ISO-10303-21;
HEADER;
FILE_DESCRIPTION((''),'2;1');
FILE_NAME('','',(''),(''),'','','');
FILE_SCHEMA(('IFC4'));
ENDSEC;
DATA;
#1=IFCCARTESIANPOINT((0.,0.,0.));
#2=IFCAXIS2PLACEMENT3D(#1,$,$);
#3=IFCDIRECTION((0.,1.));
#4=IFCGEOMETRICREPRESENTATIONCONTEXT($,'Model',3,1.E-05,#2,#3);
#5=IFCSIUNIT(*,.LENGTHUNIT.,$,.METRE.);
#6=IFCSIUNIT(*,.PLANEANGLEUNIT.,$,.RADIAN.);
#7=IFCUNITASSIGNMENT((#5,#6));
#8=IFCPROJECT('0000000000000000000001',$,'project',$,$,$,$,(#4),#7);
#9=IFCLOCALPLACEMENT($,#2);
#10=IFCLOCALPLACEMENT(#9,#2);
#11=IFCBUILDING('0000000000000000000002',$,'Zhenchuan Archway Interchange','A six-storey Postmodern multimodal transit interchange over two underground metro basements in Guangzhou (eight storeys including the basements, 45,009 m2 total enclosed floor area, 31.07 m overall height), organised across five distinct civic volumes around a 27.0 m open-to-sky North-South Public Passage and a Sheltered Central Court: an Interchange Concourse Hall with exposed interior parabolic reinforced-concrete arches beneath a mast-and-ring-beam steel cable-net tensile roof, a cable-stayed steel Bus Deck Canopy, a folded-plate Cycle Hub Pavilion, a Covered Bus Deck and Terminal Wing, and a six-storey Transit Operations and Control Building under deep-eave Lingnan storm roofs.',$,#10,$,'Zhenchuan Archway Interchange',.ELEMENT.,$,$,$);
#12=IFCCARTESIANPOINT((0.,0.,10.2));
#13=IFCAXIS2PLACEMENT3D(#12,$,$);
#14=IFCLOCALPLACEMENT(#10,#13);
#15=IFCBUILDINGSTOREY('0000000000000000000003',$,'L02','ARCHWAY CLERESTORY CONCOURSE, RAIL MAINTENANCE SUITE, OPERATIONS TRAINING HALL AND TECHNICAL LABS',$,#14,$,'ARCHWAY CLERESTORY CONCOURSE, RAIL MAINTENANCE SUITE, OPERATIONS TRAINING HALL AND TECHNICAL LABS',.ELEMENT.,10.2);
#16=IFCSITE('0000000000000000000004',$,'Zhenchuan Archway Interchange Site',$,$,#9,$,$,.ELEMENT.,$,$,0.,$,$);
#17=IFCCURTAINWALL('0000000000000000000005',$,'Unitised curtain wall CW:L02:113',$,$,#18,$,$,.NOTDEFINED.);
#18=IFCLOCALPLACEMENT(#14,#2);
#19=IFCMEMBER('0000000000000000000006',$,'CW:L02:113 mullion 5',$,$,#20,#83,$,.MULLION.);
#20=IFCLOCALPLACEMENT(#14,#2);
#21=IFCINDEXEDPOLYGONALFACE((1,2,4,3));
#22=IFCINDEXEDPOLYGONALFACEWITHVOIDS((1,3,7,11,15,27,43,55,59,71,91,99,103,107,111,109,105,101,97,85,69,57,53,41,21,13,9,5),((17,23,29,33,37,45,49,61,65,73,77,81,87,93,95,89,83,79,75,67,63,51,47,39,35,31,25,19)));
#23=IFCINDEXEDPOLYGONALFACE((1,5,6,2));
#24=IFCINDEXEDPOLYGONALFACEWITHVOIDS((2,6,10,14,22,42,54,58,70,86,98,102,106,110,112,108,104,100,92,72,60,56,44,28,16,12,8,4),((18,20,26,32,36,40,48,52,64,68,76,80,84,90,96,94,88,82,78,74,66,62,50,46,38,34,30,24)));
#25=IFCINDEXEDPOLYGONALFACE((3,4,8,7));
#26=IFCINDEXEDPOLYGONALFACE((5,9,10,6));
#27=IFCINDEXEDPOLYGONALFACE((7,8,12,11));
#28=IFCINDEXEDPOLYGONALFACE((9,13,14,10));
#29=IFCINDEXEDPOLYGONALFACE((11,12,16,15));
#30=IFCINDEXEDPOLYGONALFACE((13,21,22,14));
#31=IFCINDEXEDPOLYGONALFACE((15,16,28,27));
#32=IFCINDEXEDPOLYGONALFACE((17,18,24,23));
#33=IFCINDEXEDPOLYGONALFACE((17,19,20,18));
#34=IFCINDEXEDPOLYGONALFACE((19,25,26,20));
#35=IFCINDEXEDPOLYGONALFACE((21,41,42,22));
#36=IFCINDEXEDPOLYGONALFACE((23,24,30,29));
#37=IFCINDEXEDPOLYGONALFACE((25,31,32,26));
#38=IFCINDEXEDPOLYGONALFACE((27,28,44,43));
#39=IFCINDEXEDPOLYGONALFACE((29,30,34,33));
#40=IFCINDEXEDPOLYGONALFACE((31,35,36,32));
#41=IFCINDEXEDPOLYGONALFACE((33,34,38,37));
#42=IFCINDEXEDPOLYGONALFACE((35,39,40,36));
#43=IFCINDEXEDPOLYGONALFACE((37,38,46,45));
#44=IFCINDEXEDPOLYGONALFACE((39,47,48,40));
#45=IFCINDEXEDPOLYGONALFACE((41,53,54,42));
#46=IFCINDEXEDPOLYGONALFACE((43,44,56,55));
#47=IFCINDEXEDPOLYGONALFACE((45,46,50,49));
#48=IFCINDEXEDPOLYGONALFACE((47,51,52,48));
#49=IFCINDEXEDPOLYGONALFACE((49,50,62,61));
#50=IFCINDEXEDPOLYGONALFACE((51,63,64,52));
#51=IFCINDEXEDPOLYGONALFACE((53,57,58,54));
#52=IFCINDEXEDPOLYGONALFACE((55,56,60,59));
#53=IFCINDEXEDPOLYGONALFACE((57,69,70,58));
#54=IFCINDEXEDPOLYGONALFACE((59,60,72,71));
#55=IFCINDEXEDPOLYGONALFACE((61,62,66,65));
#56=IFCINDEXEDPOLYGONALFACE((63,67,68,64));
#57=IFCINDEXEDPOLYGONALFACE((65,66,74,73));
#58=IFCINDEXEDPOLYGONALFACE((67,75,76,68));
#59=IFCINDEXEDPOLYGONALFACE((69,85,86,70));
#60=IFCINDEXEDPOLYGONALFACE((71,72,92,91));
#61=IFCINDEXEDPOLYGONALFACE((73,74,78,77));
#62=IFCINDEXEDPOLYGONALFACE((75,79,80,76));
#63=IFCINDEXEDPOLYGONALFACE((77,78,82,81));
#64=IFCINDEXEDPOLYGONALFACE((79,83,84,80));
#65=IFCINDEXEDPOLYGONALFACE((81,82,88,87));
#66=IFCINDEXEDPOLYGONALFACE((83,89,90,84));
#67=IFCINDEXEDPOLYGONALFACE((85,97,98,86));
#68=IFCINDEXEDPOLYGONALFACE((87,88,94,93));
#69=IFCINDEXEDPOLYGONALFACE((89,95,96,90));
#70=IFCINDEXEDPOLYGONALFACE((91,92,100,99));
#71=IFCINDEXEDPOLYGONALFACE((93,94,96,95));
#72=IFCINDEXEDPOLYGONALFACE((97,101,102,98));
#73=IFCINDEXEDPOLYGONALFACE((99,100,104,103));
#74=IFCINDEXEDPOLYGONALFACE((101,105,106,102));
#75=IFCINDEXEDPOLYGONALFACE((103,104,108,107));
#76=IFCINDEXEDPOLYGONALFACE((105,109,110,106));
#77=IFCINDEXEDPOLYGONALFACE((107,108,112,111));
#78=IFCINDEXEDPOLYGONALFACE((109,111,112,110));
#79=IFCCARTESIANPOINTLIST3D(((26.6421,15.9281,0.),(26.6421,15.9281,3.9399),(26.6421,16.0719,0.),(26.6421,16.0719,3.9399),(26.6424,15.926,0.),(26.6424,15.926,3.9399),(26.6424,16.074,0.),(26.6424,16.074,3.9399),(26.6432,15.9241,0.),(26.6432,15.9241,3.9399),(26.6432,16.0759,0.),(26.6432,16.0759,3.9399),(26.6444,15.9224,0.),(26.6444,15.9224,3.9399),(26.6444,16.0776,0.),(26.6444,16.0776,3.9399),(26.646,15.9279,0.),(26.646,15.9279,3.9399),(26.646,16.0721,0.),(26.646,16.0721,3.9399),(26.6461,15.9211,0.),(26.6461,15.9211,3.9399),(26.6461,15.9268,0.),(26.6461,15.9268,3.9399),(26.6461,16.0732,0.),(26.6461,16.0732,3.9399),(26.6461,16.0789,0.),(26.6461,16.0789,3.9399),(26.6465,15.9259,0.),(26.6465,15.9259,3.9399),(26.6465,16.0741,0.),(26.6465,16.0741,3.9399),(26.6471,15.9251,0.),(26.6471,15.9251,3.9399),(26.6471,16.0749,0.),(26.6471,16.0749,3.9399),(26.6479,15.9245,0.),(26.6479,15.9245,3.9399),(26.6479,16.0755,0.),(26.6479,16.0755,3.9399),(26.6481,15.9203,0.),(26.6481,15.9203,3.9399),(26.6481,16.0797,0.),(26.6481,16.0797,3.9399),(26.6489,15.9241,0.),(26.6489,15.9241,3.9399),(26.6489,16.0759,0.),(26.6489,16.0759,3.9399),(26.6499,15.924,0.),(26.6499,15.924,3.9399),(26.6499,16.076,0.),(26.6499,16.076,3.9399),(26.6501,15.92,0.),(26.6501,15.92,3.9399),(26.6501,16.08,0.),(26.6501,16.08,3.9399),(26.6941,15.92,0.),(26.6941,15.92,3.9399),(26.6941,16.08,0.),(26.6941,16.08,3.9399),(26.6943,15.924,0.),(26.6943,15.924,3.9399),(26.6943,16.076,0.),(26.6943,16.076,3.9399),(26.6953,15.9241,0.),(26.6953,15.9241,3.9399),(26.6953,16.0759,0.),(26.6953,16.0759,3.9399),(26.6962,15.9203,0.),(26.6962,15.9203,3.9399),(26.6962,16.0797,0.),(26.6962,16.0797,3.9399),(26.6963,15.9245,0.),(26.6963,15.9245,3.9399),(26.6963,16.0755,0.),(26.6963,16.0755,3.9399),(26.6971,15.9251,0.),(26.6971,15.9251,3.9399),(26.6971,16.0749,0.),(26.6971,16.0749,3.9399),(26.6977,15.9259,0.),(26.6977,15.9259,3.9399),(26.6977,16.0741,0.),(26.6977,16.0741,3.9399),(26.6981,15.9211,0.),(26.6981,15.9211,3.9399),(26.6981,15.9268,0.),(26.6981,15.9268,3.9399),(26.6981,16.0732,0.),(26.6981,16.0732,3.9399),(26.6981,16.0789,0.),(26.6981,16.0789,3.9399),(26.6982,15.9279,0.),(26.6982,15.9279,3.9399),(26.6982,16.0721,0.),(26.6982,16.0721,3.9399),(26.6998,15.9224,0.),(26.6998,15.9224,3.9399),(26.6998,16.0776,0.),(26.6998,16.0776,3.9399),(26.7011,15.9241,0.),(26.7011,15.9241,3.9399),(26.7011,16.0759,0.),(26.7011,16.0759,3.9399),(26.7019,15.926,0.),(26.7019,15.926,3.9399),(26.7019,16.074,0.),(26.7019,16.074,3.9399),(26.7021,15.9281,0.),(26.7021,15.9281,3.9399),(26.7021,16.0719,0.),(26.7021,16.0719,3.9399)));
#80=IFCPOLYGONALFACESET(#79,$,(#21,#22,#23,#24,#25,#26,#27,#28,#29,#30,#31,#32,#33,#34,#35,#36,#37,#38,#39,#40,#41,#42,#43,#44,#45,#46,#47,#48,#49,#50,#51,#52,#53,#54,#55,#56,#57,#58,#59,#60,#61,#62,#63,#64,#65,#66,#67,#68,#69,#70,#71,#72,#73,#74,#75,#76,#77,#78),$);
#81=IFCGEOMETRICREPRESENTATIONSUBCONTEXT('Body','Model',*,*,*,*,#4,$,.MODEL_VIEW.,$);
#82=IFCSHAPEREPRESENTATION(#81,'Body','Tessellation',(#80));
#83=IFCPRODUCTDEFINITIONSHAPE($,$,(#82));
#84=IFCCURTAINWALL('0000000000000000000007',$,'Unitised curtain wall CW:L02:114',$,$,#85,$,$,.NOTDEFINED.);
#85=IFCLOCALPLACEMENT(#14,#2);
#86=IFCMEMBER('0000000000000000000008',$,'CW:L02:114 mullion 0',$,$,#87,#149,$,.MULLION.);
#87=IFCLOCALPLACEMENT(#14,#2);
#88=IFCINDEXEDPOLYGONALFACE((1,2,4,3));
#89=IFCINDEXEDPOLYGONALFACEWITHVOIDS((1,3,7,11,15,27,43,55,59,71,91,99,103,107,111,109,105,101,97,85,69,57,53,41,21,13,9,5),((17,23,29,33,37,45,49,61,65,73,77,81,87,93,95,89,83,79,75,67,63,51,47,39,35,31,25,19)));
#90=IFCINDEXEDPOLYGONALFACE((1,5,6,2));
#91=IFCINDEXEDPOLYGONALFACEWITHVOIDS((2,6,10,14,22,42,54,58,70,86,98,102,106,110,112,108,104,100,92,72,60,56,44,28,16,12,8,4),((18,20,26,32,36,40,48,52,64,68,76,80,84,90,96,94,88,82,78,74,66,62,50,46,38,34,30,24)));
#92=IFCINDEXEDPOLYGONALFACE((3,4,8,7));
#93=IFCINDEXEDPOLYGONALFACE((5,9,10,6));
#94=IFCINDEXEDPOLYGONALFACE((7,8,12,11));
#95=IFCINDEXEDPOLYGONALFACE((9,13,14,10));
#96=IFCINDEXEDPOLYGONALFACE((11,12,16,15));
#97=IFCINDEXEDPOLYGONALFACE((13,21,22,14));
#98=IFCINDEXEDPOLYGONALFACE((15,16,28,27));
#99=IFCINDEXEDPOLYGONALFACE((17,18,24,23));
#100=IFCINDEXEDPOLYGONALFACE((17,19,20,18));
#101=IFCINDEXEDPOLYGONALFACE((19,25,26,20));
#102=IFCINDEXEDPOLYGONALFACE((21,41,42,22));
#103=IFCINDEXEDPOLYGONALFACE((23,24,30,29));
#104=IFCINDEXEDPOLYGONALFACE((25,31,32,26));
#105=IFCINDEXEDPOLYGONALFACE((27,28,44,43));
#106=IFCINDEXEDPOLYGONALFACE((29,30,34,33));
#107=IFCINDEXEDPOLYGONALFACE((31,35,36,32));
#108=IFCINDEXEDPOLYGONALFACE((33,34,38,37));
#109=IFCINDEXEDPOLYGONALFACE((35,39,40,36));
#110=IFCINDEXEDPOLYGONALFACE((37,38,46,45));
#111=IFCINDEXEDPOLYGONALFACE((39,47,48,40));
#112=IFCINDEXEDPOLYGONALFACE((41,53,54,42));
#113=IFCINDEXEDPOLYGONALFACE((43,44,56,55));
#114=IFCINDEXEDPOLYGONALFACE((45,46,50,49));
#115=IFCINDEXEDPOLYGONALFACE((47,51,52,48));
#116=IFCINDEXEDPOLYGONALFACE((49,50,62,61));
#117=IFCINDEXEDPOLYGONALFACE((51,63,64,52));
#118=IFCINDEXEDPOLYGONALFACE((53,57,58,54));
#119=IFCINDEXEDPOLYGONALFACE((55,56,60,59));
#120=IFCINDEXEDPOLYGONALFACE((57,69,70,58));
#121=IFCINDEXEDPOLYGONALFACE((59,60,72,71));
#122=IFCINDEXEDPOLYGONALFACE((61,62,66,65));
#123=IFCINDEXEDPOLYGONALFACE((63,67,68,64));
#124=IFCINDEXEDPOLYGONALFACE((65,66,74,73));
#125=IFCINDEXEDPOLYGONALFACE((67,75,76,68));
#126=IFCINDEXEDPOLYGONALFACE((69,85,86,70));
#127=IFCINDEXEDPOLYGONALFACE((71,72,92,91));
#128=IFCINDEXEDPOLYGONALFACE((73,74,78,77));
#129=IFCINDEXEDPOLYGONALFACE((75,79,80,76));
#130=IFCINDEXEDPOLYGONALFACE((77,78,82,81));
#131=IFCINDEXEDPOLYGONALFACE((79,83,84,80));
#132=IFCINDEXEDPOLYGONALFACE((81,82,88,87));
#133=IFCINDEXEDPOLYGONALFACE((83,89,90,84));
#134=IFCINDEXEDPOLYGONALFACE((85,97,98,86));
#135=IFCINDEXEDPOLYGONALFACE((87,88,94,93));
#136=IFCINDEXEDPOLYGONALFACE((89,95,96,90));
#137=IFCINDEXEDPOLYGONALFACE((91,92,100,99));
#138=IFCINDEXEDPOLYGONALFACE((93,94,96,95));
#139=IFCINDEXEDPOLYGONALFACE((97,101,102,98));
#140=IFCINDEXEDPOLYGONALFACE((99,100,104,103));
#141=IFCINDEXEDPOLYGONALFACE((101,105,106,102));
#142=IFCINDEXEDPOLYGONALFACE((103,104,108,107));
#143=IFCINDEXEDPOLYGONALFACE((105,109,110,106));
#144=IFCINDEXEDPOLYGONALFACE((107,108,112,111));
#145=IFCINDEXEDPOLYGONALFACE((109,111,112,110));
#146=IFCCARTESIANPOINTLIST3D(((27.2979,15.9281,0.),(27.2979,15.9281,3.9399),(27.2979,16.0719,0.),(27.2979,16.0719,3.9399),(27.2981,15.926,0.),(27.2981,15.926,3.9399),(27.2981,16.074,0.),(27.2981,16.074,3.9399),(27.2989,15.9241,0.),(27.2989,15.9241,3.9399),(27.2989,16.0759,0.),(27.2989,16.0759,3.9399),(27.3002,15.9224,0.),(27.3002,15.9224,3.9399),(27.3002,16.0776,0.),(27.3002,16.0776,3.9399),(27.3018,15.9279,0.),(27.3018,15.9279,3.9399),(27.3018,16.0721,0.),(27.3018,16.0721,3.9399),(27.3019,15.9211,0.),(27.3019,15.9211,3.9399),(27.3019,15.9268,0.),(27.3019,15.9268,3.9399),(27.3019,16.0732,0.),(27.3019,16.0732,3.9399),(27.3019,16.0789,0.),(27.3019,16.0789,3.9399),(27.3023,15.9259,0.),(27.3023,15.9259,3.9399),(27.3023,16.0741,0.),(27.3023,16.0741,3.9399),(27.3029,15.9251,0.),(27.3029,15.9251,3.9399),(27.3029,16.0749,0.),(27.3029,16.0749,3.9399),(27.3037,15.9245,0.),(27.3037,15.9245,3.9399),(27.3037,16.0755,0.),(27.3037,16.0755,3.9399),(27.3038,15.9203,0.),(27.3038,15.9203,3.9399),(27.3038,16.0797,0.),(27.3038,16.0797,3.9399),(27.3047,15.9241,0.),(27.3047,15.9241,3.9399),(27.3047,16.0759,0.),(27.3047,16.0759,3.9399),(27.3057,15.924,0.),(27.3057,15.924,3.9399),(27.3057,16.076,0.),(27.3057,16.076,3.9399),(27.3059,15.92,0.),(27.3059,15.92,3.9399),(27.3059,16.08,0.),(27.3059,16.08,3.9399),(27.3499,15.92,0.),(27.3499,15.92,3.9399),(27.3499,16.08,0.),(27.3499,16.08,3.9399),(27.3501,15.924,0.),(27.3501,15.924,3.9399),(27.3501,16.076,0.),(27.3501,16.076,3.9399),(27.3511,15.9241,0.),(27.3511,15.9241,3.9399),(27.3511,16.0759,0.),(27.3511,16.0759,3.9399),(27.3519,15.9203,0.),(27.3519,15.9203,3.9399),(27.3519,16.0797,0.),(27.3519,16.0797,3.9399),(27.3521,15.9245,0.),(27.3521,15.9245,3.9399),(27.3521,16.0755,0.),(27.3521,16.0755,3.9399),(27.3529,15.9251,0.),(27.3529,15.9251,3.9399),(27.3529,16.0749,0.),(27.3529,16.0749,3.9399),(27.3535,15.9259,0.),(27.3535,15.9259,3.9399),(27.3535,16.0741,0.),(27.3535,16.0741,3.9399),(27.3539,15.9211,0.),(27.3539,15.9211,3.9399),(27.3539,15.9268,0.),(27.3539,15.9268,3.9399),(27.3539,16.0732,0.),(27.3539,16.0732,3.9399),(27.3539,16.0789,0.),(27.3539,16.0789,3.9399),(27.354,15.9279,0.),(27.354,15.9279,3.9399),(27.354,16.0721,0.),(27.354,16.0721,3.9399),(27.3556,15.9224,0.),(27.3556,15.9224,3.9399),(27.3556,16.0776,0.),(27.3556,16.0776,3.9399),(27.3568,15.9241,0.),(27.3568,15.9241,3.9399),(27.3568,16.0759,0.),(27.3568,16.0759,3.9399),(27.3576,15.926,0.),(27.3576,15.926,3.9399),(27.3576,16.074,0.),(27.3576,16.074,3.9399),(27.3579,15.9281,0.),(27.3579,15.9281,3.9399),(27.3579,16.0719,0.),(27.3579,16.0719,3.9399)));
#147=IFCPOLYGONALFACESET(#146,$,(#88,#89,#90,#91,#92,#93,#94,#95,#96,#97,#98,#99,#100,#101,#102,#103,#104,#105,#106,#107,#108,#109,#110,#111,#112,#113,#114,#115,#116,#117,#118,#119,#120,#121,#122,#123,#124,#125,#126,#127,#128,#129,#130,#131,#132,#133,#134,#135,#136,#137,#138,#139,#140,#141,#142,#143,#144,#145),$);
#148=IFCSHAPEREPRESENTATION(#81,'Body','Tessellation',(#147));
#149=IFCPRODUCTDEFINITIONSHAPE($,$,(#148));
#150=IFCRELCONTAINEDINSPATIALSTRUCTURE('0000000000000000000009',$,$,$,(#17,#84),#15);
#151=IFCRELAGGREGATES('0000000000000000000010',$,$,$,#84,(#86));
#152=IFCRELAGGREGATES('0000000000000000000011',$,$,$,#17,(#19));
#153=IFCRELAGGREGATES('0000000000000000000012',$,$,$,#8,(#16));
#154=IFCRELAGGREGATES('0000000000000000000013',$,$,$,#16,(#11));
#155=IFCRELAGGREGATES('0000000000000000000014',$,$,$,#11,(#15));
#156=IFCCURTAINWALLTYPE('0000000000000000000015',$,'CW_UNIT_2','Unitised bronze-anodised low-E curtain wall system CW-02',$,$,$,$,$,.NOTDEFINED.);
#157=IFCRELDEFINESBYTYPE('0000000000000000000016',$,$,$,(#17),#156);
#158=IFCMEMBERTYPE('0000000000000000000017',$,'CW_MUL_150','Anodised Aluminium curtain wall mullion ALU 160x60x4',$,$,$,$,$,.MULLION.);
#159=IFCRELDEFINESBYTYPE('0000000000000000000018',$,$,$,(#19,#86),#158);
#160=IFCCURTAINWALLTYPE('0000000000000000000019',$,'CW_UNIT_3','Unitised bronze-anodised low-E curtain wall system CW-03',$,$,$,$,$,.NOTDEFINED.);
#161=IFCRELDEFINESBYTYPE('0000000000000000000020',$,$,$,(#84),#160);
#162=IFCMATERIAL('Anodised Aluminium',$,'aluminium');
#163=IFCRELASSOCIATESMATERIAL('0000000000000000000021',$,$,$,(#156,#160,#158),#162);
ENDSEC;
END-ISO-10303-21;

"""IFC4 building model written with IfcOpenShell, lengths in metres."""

from ifc_helpers import new_model, si_unit, direction, frame, origin, origin_2d, place, context, subcontext, project, spatial, hollow_rectangle, extrude, material, material_profile, profile_set, type_object, element, aggregate, save


model = new_model("IFC4")

# Units and contexts
model_context = context("Model", 3, precision=1e-05, world=origin(), true_north=direction((0.0, 1.0)))
body_context = subcontext(model_context, "Body", "Model", "MODEL_VIEW")
ifc_project = project(units=[si_unit("LENGTHUNIT", "METRE"), si_unit("PLANEANGLEUNIT", "RADIAN")], contexts=[model_context])

# Site, building, storey
site_placement = place(None, origin())
site = spatial("IfcSite", under=ifc_project, at=site_placement, Name="Zhenchuan Archway Interchange Site", CompositionType="ELEMENT", RefElevation=0.0)
building_placement = place(site_placement, origin())
building = spatial("IfcBuilding", under=site, at=building_placement, Name="Zhenchuan Archway Interchange", Description="A six-storey Postmodern multimodal transit interchange over two underground metro basements in Guangzhou (eight storeys including the basements, 45,009 m2 total enclosed floor area, 31.07 m overall height), organised across five distinct civic volumes around a 27.0 m open-to-sky North-South Public Passage and a Sheltered Central Court: an Interchange Concourse Hall with exposed interior parabolic reinforced-concrete arches beneath a mast-and-ring-beam steel cable-net tensile roof, a cable-stayed steel Bus Deck Canopy, a folded-plate Cycle Hub Pavilion, a Covered Bus Deck and Terminal Wing, and a six-storey Transit Operations and Control Building under deep-eave Lingnan storm roofs.", LongName="Zhenchuan Archway Interchange", CompositionType="ELEMENT")
storey_placement = place(building_placement, frame((0.0, 0.0, 10.2)))
storey = spatial("IfcBuildingStorey", under=building, at=storey_placement, Name="L02", Description="ARCHWAY CLERESTORY CONCOURSE, RAIL MAINTENANCE SUITE, OPERATIONS TRAINING HALL AND TECHNICAL LABS", LongName="ARCHWAY CLERESTORY CONCOURSE, RAIL MAINTENANCE SUITE, OPERATIONS TRAINING HALL AND TECHNICAL LABS", CompositionType="ELEMENT", Elevation=10.2)

# Curtain walls, members
ifc_material_1 = material(Name="Anodised Aluminium", Category="aluminium")
curtain_wall_type_1 = type_object("IfcCurtainWallType", Name="CW_UNIT_2", Description="Unitised bronze-anodised low-E curtain wall system CW-02", PredefinedType="NOTDEFINED", material=ifc_material_1)
ifc_material_profile_1 = material_profile(ifc_material_1, hollow_rectangle(XDim=0.0601, YDim=0.1599, WallThickness=0.0039, InnerFilletRadius=0.0039, OuterFilletRadius=0.0081, at=origin_2d()), Name="ALU 160x60x4")
ifc_profile_set_1 = profile_set([ifc_material_profile_1], Name="Anodised Aluminium")
member_type_1 = type_object("IfcMemberType", Name="CW_MUL_150", Description="Anodised Aluminium curtain wall mullion ALU 160x60x4", PredefinedType="MULLION", material=ifc_profile_set_1)
curtain_wall_1_placement = place(storey_placement, origin())
curtain_wall_1 = element("IfcCurtainWall", 1, at=curtain_wall_1_placement, inside=storey, type_object=curtain_wall_type_1, Name="Unitised curtain wall CW:L02:113", PredefinedType="NOTDEFINED")
member_1_placement = place(storey_placement, frame((26.6721, 16.0, 0.0), z_axis=(0.0, 0.0, 1.0), x_axis=(1.0, 0.0, 0.0)))
member_1 = element("IfcMember", 2, at=member_1_placement, type_object=member_type_1, Name="CW:L02:113 mullion 5", PredefinedType="MULLION", context=body_context, shape_type="SweptSolid", body=[
    extrude(hollow_rectangle(XDim=0.0601, YDim=0.1599, WallThickness=0.0039, InnerFilletRadius=0.0039, OuterFilletRadius=0.0081, at=origin_2d()), origin(), (0.0, 0.0, 1.0), 3.9399),
])
curtain_wall_type_2 = type_object("IfcCurtainWallType", Name="CW_UNIT_3", Description="Unitised bronze-anodised low-E curtain wall system CW-03", PredefinedType="NOTDEFINED", material=ifc_material_1)
curtain_wall_2_placement = place(storey_placement, origin())
curtain_wall_2 = element("IfcCurtainWall", 3, at=curtain_wall_2_placement, inside=storey, type_object=curtain_wall_type_2, Name="Unitised curtain wall CW:L02:114", PredefinedType="NOTDEFINED")
member_2_placement = place(storey_placement, frame((27.3279, 16.0, 0.0), z_axis=(0.0, 0.0, 1.0), x_axis=(1.0, 0.0, 0.0)))
member_2 = element("IfcMember", 4, at=member_2_placement, type_object=member_type_1, Name="CW:L02:114 mullion 0", PredefinedType="MULLION", context=body_context, shape_type="SweptSolid", body=[
    extrude(hollow_rectangle(XDim=0.0601, YDim=0.1599, WallThickness=0.0039, InnerFilletRadius=0.0039, OuterFilletRadius=0.0081, at=origin_2d()), origin(), (0.0, 0.0, 1.0), 3.9399),
])

aggregate(curtain_wall_2, [member_2])

aggregate(curtain_wall_1, [member_1])

save(model, "model.ifc")
